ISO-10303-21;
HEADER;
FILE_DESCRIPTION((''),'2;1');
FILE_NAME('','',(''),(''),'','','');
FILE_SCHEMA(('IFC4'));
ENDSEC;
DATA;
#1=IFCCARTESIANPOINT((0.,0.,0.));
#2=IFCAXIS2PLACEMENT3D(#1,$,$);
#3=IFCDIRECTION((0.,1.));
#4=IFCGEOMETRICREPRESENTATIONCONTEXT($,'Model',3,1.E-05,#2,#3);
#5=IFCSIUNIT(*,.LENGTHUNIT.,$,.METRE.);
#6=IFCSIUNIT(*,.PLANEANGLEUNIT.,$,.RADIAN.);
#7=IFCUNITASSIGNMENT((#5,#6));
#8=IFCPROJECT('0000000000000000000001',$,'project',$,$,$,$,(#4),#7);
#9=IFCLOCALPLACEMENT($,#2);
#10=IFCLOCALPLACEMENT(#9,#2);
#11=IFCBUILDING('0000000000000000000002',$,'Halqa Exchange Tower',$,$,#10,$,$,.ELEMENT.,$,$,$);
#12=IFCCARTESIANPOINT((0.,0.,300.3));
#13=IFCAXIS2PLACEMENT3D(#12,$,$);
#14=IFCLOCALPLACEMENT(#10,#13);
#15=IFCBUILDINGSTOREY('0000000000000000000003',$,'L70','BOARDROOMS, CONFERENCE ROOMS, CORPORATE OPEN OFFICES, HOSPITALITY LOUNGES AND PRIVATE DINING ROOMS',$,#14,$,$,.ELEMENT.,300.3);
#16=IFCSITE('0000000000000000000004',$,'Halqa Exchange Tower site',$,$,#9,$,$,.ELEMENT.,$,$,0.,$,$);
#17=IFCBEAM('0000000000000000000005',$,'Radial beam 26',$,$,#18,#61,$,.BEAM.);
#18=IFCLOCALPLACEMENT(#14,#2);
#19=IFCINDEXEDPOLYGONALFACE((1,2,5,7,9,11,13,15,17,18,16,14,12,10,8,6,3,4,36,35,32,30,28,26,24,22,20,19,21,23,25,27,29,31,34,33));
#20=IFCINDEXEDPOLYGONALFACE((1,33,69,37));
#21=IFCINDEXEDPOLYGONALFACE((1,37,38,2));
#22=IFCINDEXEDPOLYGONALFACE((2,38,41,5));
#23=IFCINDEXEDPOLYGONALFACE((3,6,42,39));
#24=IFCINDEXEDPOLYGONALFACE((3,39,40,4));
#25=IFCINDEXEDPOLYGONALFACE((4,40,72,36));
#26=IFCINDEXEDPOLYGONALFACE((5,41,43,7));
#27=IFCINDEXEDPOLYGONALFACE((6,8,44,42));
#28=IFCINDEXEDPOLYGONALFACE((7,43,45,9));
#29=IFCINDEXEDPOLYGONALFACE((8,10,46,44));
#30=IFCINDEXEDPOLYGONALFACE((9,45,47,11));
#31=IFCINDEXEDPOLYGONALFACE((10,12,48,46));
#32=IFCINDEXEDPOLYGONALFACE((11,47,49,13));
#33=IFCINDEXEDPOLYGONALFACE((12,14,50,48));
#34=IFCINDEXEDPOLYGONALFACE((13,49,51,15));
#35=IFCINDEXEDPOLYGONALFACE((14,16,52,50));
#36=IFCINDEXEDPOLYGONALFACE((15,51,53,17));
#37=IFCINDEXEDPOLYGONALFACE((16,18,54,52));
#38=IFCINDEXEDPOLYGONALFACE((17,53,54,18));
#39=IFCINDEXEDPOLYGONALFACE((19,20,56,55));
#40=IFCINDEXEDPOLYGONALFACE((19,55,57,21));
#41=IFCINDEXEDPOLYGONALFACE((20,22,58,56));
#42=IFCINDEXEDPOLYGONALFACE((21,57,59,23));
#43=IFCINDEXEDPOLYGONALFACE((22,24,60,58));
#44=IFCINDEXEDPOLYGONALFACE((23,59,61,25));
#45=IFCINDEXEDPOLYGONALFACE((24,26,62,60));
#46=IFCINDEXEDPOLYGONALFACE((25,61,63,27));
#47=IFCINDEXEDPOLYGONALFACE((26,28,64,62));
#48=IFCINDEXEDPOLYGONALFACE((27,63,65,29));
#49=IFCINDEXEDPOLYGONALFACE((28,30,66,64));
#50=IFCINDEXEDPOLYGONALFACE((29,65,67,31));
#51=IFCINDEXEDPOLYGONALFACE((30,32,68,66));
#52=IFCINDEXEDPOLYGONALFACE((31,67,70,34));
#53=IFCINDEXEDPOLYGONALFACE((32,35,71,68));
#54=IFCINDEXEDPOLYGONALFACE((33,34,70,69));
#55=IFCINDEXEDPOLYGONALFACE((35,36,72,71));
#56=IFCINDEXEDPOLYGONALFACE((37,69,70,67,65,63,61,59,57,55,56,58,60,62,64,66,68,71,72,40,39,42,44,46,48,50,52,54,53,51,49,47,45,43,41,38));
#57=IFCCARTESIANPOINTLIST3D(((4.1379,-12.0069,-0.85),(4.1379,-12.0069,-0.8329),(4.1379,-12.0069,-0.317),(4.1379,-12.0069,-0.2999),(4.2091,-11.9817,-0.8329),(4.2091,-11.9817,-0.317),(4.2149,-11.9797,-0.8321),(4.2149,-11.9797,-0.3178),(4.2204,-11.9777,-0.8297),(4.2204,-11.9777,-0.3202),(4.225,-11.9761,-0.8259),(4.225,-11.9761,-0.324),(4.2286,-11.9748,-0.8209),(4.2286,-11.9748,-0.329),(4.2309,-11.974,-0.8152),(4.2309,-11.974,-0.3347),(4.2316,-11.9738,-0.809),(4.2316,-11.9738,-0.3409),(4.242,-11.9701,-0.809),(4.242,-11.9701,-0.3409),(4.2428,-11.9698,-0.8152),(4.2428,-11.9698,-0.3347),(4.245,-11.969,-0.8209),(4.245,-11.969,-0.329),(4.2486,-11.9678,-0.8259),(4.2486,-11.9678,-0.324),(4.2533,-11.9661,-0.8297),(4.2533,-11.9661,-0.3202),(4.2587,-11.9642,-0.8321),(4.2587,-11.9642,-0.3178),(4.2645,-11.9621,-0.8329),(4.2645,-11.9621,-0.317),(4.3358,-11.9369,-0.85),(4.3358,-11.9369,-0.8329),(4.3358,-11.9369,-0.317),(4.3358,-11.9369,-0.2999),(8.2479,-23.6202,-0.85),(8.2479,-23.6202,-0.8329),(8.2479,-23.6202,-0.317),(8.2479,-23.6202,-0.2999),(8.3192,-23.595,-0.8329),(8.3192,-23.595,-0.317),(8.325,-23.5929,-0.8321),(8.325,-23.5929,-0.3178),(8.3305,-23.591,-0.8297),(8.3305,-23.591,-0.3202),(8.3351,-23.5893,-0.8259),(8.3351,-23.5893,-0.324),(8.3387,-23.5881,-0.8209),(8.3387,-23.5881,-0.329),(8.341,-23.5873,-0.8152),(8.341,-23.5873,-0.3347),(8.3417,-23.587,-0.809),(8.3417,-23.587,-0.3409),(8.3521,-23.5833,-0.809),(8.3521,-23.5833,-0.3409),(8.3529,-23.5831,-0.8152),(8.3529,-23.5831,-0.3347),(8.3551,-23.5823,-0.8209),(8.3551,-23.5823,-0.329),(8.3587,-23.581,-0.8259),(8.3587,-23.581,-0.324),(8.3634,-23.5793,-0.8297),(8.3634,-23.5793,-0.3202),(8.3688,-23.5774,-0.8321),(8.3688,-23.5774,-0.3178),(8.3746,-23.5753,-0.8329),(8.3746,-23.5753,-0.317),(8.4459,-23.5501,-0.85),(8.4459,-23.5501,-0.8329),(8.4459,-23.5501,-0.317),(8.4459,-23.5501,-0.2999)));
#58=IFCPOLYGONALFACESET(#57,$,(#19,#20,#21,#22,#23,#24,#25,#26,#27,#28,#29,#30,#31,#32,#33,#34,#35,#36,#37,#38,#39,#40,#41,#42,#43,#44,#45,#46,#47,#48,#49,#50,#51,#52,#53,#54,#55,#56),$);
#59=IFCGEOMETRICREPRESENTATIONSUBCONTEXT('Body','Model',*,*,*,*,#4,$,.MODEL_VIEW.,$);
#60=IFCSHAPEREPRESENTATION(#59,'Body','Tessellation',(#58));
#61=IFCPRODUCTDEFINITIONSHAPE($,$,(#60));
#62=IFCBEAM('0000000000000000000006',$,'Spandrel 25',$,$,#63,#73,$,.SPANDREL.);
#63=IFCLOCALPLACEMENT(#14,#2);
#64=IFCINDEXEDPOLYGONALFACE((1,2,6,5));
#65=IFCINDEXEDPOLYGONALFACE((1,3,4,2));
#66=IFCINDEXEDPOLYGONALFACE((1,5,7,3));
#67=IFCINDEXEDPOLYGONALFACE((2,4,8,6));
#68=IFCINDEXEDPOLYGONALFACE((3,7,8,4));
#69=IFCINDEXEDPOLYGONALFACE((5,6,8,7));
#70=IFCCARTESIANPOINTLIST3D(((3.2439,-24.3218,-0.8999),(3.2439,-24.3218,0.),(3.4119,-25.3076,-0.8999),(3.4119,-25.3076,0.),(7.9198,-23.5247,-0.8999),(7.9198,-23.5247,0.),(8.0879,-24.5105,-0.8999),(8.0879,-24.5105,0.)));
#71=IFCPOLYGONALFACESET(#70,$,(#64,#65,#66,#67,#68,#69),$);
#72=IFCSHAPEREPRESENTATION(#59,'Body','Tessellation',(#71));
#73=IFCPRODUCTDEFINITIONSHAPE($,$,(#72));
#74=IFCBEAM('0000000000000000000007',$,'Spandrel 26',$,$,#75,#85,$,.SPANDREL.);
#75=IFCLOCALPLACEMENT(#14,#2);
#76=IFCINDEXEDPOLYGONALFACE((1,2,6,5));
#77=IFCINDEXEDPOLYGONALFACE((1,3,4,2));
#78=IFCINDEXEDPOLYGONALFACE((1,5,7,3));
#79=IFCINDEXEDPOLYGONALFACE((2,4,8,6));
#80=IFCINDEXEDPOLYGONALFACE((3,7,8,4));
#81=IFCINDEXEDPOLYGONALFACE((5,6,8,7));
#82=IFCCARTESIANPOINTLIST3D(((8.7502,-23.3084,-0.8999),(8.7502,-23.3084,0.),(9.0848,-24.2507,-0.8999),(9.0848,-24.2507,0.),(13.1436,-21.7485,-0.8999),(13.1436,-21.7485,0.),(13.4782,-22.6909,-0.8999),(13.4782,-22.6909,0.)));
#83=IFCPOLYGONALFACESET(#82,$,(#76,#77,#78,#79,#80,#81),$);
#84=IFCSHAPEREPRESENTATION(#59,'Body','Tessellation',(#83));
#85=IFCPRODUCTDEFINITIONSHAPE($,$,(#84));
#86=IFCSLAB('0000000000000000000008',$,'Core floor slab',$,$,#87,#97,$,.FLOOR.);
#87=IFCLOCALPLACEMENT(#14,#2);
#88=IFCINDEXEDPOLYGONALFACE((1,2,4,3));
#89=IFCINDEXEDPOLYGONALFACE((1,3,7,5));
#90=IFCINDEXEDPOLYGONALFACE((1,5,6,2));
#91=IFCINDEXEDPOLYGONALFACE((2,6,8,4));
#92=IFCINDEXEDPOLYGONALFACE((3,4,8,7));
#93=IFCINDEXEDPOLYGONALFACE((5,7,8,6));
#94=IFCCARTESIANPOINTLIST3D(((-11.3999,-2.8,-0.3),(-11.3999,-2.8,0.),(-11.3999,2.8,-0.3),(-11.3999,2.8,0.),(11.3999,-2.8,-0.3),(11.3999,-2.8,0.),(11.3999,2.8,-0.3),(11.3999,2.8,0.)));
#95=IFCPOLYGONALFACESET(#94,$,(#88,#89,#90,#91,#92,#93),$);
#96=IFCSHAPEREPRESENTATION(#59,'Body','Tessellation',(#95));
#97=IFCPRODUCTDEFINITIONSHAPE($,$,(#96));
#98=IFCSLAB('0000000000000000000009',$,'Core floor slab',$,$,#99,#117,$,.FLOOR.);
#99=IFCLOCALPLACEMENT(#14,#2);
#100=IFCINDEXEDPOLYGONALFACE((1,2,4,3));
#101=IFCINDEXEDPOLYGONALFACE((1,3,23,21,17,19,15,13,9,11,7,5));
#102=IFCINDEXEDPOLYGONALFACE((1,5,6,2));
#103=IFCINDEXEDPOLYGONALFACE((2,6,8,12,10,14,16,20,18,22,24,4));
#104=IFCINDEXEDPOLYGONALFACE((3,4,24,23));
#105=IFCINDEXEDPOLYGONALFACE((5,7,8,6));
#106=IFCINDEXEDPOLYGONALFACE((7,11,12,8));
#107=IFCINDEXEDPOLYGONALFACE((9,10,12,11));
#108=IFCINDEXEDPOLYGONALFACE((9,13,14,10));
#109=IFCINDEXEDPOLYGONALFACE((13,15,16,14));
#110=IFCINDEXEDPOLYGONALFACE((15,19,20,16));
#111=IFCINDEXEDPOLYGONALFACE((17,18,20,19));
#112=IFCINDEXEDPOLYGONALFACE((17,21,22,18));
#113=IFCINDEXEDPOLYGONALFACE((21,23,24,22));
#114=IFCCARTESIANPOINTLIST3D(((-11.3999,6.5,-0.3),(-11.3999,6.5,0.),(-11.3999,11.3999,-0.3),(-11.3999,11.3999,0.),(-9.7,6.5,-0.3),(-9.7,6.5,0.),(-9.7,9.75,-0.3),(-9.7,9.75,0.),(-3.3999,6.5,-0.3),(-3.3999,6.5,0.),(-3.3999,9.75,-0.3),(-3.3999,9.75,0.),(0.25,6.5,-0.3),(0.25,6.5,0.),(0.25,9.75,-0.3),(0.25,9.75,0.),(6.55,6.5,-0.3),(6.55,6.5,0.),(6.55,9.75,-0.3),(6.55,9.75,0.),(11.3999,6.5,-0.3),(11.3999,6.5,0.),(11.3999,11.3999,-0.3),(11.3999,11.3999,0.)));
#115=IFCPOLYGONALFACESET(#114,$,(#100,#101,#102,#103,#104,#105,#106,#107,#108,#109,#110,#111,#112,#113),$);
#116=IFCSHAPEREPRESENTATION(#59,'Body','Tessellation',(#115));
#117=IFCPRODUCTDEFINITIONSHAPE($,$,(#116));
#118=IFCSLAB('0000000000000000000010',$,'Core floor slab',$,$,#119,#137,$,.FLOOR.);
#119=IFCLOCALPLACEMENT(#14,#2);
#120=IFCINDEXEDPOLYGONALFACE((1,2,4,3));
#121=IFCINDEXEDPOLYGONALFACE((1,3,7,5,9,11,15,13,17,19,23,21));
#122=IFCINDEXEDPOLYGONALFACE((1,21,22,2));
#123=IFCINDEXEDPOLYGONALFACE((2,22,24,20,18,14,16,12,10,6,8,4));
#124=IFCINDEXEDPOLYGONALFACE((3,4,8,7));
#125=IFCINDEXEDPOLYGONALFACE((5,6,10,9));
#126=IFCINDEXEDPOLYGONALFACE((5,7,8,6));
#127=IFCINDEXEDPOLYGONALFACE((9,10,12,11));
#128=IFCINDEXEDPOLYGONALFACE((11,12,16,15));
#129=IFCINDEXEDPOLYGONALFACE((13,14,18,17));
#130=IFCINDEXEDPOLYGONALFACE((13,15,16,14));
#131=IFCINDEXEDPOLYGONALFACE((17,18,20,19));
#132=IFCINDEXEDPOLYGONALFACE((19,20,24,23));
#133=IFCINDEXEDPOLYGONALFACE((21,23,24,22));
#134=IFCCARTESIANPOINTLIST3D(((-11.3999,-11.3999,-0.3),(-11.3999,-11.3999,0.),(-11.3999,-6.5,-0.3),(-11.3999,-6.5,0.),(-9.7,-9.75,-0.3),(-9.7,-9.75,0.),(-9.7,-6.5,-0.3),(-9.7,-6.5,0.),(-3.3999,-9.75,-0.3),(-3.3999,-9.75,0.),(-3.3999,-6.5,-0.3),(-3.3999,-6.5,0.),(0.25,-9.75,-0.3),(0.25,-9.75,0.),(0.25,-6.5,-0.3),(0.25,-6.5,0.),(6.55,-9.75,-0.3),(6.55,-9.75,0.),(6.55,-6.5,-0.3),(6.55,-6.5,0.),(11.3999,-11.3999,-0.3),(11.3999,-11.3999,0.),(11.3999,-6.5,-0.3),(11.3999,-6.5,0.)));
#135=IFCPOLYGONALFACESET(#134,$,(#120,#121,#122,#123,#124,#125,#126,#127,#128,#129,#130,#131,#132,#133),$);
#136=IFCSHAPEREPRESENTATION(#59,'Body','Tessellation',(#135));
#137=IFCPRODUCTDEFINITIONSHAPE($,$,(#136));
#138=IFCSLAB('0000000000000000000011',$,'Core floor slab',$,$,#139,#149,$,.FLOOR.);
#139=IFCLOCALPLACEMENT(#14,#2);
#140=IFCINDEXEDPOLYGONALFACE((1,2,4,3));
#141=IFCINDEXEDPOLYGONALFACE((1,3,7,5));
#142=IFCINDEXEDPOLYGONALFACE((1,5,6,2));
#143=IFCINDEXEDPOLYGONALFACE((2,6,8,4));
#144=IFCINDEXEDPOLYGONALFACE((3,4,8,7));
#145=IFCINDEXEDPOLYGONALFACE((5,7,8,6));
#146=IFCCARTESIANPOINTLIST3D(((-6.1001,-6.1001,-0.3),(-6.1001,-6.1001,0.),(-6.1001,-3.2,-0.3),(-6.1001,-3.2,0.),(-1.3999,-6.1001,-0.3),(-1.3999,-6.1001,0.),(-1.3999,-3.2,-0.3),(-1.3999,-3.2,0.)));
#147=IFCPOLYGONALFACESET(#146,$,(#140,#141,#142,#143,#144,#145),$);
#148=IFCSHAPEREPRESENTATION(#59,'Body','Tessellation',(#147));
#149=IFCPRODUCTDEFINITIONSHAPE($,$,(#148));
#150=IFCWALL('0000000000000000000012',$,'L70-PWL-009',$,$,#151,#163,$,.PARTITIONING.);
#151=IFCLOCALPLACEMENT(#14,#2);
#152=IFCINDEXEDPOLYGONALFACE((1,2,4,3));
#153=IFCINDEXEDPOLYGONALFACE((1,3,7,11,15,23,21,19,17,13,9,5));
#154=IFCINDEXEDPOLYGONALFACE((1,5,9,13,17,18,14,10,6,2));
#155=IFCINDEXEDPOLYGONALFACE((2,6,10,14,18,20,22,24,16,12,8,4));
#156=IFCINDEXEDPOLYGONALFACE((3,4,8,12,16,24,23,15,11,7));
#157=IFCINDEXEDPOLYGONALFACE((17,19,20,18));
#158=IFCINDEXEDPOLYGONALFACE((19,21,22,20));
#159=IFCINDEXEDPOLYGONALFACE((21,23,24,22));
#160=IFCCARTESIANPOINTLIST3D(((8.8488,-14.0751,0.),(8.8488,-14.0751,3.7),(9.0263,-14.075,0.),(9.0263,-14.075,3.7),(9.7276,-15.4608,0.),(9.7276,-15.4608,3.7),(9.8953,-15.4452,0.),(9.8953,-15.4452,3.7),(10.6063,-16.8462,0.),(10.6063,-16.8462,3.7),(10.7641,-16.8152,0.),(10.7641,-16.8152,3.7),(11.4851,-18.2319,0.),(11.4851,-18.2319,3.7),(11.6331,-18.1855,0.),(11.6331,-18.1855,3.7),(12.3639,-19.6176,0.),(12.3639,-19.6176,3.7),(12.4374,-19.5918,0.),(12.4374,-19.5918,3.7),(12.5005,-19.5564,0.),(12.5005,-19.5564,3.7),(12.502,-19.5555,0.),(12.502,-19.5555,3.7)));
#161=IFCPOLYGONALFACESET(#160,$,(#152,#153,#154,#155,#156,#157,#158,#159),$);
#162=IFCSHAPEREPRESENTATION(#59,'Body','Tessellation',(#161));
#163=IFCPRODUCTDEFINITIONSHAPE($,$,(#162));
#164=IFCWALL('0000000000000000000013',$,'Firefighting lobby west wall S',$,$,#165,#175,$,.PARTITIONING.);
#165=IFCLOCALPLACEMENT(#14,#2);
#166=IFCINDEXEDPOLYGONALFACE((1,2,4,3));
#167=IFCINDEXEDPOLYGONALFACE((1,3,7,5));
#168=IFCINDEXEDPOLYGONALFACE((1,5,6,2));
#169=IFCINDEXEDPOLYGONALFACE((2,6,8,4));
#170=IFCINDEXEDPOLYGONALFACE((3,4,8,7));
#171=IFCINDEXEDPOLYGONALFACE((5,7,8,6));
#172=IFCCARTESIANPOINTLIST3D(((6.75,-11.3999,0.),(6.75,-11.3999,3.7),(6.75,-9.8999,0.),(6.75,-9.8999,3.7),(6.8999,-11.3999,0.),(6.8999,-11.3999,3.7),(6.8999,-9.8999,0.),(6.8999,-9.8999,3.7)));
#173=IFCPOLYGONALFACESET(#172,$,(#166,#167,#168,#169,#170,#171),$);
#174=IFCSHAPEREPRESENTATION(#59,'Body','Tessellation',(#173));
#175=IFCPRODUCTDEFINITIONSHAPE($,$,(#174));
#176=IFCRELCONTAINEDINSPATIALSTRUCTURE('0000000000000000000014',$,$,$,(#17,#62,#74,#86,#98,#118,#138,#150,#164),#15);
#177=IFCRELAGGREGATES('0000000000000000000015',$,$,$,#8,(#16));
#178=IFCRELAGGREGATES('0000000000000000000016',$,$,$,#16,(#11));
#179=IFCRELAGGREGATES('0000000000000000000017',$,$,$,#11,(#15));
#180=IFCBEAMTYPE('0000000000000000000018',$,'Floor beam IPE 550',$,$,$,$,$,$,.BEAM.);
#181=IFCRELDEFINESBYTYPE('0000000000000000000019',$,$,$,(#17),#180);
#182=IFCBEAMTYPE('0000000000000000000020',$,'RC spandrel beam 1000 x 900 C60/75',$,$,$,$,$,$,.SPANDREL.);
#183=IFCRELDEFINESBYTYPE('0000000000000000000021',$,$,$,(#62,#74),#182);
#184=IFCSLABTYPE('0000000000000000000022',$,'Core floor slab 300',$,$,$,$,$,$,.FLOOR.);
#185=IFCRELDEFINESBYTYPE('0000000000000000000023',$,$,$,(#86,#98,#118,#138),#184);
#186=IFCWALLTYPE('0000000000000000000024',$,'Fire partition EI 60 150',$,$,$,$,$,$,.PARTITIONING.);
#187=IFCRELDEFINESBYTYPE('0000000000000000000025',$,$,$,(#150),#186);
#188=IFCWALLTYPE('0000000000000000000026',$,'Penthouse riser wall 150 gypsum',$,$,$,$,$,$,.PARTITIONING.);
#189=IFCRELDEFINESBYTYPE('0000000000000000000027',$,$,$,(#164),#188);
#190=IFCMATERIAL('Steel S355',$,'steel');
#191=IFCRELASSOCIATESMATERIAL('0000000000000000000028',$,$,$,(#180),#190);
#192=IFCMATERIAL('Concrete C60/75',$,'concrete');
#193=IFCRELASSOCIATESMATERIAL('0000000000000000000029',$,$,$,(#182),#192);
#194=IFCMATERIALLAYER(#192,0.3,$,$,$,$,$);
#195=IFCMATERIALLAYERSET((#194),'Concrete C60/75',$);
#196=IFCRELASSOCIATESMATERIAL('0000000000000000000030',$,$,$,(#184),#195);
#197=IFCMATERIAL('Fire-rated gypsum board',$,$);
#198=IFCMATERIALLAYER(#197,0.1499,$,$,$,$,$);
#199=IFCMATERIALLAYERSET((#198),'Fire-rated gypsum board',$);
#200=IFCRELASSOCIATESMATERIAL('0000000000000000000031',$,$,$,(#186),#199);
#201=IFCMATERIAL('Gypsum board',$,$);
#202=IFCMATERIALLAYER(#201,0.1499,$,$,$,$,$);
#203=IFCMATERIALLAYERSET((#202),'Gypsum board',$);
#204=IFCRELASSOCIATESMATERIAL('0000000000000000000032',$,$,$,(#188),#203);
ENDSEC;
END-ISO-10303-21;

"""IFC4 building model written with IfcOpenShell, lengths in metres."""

from ifc_helpers import new_model, si_unit, direction, frame, frame_2d, origin, origin_2d, place, context, subcontext, project, spatial, polyline, rectangle, i_section, outline, extrude, material, layer, layer_set, material_profile, profile_set, type_object, element, save


model = new_model("IFC4")

# Units and contexts
model_context = context("Model", 3, precision=1e-05, world=origin(), true_north=direction((0.0, 1.0)))
body_context = subcontext(model_context, "Body", "Model", "MODEL_VIEW")
ifc_project = project(units=[si_unit("LENGTHUNIT", "METRE"), si_unit("PLANEANGLEUNIT", "RADIAN")], contexts=[model_context])

# Site, building, storey
site_placement = place(None, origin())
site = spatial("IfcSite", under=ifc_project, at=site_placement, Name="Halqa Exchange Tower site", CompositionType="ELEMENT", RefElevation=0.0)
building_placement = place(site_placement, origin())
building = spatial("IfcBuilding", under=site, at=building_placement, Name="Halqa Exchange Tower", CompositionType="ELEMENT")
storey_placement = place(building_placement, frame((0.0, 0.0, 300.3)))
storey = spatial("IfcBuildingStorey", under=building, at=storey_placement, Name="L70", Description="BOARDROOMS, CONFERENCE ROOMS, CORPORATE OPEN OFFICES, HOSPITALITY LOUNGES AND PRIVATE DINING ROOMS", CompositionType="ELEMENT", Elevation=300.3)

# Beams
ifc_material_1 = material(Name="Steel S355", Category="steel")
ifc_material_profile_1 = material_profile(ifc_material_1, i_section(OverallWidth=0.21, OverallDepth=0.55, WebThickness=0.011, FlangeThickness=0.0171, FilletRadius=0.0239, at=origin_2d()), Name="IPE 550")
ifc_profile_set_1 = profile_set([ifc_material_profile_1], Name="Steel S355")
beam_type_1 = type_object("IfcBeamType", Name="Floor beam IPE 550", PredefinedType="BEAM", material=ifc_profile_set_1)
beam_1_placement = place(storey_placement, frame((4.2368, -11.9719, -0.575), z_axis=(0.333636, -0.942702, 0.0), x_axis=(0.942702, 0.333636, 0.0)))
element("IfcBeam", 1, at=beam_1_placement, inside=storey, type_object=beam_type_1, Name="Radial beam 26", PredefinedType="BEAM", context=body_context, shape_type="SweptSolid", body=[
    extrude(i_section(OverallWidth=0.21, OverallDepth=0.55, WebThickness=0.011, FlangeThickness=0.0171, FilletRadius=0.0239, at=origin_2d()), origin(), (0.0, 0.0, 1.0), 12.3191),
])
ifc_material_2 = material(Name="Concrete C60/75", Category="concrete")
ifc_material_profile_2 = material_profile(ifc_material_2, rectangle(XDim=1.0, YDim=0.8999, at=origin_2d()), Name="1000 x 900")
ifc_profile_set_2 = profile_set([ifc_material_profile_2], Name="Concrete C60/75")
beam_type_2 = type_object("IfcBeamType", Name="RC spandrel beam 1000 x 900 C60/75", PredefinedType="SPANDREL", material=ifc_profile_set_2)
beam_2_placement = place(storey_placement, frame((3.3279, -24.8147, -0.45), z_axis=(0.985779, 0.168045, 0.0), x_axis=(-0.168045, 0.985779, 0.0)))
element("IfcBeam", 2, at=beam_2_placement, inside=storey, type_object=beam_type_2, Name="Spandrel 25", PredefinedType="SPANDREL", context=body_context, shape_type="SweptSolid", body=[
    extrude(rectangle(XDim=1.0, YDim=0.8999, at=origin_2d()), origin(), (0.0, 0.0, 1.0), 4.7434),
])
beam_3_placement = place(storey_placement, frame((8.9175, -23.7795, -0.45), z_axis=(0.942367, 0.334581, 0.0), x_axis=(-0.334581, 0.942367, 0.0)))
element("IfcBeam", 3, at=beam_3_placement, inside=storey, type_object=beam_type_2, Name="Spandrel 26", PredefinedType="SPANDREL", context=body_context, shape_type="SweptSolid", body=[
    extrude(rectangle(XDim=1.0, YDim=0.8999, at=origin_2d()), origin(), (0.0, 0.0, 1.0), 4.6621),
])

# Slabs
ifc_layer_1 = layer(ifc_material_2, 0.3)
ifc_layer_set_1 = layer_set([ifc_layer_1], Name="Concrete C60/75")
slab_type = type_object("IfcSlabType", Name="Core floor slab 300", PredefinedType="FLOOR", material=ifc_layer_set_1)
slab_1_placement = place(storey_placement, frame((0.0, 0.0, -0.3)))
element("IfcSlab", 4, at=slab_1_placement, inside=storey, type_object=slab_type, Name="Core floor slab", PredefinedType="FLOOR", context=body_context, shape_type="SweptSolid", body=[
    extrude(outline(polyline([(-11.3999, 2.8), (11.3999, 2.8), (11.3999, -2.8), (-11.3999, -2.8), (-11.3999, 2.8)])), origin(), (0.0, 0.0, 1.0), 0.3),
])
slab_2_placement = place(storey_placement, frame((0.0, 0.0, -0.3)))
element("IfcSlab", 5, at=slab_2_placement, inside=storey, type_object=slab_type, Name="Core floor slab", PredefinedType="FLOOR", context=body_context, shape_type="SweptSolid", body=[
    extrude(outline(polyline([(-11.3999, 11.3999), (11.3999, 11.3999), (11.3999, 6.5), (6.55, 6.5), (6.55, 9.75), (0.25, 9.75), (0.25, 6.5), (-3.3999, 6.5), (-3.3999, 9.75), (-9.7, 9.75), (-9.7, 6.5), (-11.3999, 6.5), (-11.3999, 11.3999)])), origin(), (0.0, 0.0, 1.0), 0.3),
])
slab_3_placement = place(storey_placement, frame((0.0, 0.0, -0.3)))
element("IfcSlab", 6, at=slab_3_placement, inside=storey, type_object=slab_type, Name="Core floor slab", PredefinedType="FLOOR", context=body_context, shape_type="SweptSolid", body=[
    extrude(outline(polyline([(-11.3999, -6.5), (-9.7, -6.5), (-9.7, -9.75), (-3.3999, -9.75), (-3.3999, -6.5), (0.25, -6.5), (0.25, -9.75), (6.55, -9.75), (6.55, -6.5), (11.3999, -6.5), (11.3999, -11.3999), (-11.3999, -11.3999), (-11.3999, -6.5)])), origin(), (0.0, 0.0, 1.0), 0.3),
])
slab_4_placement = place(storey_placement, frame((0.0, 0.0, -0.3)))
element("IfcSlab", 7, at=slab_4_placement, inside=storey, type_object=slab_type, Name="Core floor slab", PredefinedType="FLOOR", context=body_context, shape_type="SweptSolid", body=[
    extrude(outline(polyline([(-1.3999, -3.2), (-1.3999, -6.1001), (-6.1001, -6.1001), (-6.1001, -3.2), (-1.3999, -3.2)])), origin(), (0.0, 0.0, 1.0), 0.3),
])

# Walls
ifc_material_3 = material(Name="Fire-rated gypsum board")
ifc_layer_2 = layer(ifc_material_3, 0.1499)
ifc_layer_set_2 = layer_set([ifc_layer_2], Name="Fire-rated gypsum board")
wall_type_1 = type_object("IfcWallType", Name="Fire partition EI 60 150", PredefinedType="PARTITIONING", material=ifc_layer_set_2)
wall_1_placement = place(storey_placement, frame((8.9121, -14.0349, 0.0), z_axis=(0.0, 0.0, 1.0), x_axis=(0.53557, -0.844491, 0.0)))
element("IfcWall", 8, at=wall_1_placement, inside=storey, type_object=wall_type_1, Name="L70-PWL-009", PredefinedType="PARTITIONING", context=body_context, shape_type="SweptSolid", body=[
    extrude(outline(polyline([(0.0, -0.075), (1.6409, -0.075), (3.2815, -0.075), (4.9224, -0.075), (6.5632, -0.075), (6.5808, 0.001), (6.5847, 0.0732), (6.5847, 0.075), (4.9624, 0.075), (3.3398, 0.075), (1.7175, 0.075), (0.095, 0.075), (0.0, -0.075), (0.0, -0.075)])), origin(), (0.0, 0.0, 1.0), 3.7),
])
ifc_material_4 = material(Name="Gypsum board")
ifc_layer_3 = layer(ifc_material_4, 0.1499)
ifc_layer_set_3 = layer_set([ifc_layer_3], Name="Gypsum board")
wall_type_2 = type_object("IfcWallType", Name="Penthouse riser wall 150 gypsum", PredefinedType="PARTITIONING", material=ifc_layer_set_3)
wall_2_placement = place(storey_placement, frame((6.825, -11.3999, 0.0), z_axis=(0.0, 0.0, 1.0), x_axis=(0.0, 1.0, 0.0)))
element("IfcWall", 9, at=wall_2_placement, inside=storey, type_object=wall_type_2, Name="Firefighting lobby west wall S", PredefinedType="PARTITIONING", context=body_context, shape_type="SweptSolid", body=[
    extrude(rectangle(XDim=1.5, YDim=0.1499, at=frame_2d((0.75, 0.0))), origin(), (0.0, 0.0, 1.0), 3.7),
])

save(model, "model.ifc")
